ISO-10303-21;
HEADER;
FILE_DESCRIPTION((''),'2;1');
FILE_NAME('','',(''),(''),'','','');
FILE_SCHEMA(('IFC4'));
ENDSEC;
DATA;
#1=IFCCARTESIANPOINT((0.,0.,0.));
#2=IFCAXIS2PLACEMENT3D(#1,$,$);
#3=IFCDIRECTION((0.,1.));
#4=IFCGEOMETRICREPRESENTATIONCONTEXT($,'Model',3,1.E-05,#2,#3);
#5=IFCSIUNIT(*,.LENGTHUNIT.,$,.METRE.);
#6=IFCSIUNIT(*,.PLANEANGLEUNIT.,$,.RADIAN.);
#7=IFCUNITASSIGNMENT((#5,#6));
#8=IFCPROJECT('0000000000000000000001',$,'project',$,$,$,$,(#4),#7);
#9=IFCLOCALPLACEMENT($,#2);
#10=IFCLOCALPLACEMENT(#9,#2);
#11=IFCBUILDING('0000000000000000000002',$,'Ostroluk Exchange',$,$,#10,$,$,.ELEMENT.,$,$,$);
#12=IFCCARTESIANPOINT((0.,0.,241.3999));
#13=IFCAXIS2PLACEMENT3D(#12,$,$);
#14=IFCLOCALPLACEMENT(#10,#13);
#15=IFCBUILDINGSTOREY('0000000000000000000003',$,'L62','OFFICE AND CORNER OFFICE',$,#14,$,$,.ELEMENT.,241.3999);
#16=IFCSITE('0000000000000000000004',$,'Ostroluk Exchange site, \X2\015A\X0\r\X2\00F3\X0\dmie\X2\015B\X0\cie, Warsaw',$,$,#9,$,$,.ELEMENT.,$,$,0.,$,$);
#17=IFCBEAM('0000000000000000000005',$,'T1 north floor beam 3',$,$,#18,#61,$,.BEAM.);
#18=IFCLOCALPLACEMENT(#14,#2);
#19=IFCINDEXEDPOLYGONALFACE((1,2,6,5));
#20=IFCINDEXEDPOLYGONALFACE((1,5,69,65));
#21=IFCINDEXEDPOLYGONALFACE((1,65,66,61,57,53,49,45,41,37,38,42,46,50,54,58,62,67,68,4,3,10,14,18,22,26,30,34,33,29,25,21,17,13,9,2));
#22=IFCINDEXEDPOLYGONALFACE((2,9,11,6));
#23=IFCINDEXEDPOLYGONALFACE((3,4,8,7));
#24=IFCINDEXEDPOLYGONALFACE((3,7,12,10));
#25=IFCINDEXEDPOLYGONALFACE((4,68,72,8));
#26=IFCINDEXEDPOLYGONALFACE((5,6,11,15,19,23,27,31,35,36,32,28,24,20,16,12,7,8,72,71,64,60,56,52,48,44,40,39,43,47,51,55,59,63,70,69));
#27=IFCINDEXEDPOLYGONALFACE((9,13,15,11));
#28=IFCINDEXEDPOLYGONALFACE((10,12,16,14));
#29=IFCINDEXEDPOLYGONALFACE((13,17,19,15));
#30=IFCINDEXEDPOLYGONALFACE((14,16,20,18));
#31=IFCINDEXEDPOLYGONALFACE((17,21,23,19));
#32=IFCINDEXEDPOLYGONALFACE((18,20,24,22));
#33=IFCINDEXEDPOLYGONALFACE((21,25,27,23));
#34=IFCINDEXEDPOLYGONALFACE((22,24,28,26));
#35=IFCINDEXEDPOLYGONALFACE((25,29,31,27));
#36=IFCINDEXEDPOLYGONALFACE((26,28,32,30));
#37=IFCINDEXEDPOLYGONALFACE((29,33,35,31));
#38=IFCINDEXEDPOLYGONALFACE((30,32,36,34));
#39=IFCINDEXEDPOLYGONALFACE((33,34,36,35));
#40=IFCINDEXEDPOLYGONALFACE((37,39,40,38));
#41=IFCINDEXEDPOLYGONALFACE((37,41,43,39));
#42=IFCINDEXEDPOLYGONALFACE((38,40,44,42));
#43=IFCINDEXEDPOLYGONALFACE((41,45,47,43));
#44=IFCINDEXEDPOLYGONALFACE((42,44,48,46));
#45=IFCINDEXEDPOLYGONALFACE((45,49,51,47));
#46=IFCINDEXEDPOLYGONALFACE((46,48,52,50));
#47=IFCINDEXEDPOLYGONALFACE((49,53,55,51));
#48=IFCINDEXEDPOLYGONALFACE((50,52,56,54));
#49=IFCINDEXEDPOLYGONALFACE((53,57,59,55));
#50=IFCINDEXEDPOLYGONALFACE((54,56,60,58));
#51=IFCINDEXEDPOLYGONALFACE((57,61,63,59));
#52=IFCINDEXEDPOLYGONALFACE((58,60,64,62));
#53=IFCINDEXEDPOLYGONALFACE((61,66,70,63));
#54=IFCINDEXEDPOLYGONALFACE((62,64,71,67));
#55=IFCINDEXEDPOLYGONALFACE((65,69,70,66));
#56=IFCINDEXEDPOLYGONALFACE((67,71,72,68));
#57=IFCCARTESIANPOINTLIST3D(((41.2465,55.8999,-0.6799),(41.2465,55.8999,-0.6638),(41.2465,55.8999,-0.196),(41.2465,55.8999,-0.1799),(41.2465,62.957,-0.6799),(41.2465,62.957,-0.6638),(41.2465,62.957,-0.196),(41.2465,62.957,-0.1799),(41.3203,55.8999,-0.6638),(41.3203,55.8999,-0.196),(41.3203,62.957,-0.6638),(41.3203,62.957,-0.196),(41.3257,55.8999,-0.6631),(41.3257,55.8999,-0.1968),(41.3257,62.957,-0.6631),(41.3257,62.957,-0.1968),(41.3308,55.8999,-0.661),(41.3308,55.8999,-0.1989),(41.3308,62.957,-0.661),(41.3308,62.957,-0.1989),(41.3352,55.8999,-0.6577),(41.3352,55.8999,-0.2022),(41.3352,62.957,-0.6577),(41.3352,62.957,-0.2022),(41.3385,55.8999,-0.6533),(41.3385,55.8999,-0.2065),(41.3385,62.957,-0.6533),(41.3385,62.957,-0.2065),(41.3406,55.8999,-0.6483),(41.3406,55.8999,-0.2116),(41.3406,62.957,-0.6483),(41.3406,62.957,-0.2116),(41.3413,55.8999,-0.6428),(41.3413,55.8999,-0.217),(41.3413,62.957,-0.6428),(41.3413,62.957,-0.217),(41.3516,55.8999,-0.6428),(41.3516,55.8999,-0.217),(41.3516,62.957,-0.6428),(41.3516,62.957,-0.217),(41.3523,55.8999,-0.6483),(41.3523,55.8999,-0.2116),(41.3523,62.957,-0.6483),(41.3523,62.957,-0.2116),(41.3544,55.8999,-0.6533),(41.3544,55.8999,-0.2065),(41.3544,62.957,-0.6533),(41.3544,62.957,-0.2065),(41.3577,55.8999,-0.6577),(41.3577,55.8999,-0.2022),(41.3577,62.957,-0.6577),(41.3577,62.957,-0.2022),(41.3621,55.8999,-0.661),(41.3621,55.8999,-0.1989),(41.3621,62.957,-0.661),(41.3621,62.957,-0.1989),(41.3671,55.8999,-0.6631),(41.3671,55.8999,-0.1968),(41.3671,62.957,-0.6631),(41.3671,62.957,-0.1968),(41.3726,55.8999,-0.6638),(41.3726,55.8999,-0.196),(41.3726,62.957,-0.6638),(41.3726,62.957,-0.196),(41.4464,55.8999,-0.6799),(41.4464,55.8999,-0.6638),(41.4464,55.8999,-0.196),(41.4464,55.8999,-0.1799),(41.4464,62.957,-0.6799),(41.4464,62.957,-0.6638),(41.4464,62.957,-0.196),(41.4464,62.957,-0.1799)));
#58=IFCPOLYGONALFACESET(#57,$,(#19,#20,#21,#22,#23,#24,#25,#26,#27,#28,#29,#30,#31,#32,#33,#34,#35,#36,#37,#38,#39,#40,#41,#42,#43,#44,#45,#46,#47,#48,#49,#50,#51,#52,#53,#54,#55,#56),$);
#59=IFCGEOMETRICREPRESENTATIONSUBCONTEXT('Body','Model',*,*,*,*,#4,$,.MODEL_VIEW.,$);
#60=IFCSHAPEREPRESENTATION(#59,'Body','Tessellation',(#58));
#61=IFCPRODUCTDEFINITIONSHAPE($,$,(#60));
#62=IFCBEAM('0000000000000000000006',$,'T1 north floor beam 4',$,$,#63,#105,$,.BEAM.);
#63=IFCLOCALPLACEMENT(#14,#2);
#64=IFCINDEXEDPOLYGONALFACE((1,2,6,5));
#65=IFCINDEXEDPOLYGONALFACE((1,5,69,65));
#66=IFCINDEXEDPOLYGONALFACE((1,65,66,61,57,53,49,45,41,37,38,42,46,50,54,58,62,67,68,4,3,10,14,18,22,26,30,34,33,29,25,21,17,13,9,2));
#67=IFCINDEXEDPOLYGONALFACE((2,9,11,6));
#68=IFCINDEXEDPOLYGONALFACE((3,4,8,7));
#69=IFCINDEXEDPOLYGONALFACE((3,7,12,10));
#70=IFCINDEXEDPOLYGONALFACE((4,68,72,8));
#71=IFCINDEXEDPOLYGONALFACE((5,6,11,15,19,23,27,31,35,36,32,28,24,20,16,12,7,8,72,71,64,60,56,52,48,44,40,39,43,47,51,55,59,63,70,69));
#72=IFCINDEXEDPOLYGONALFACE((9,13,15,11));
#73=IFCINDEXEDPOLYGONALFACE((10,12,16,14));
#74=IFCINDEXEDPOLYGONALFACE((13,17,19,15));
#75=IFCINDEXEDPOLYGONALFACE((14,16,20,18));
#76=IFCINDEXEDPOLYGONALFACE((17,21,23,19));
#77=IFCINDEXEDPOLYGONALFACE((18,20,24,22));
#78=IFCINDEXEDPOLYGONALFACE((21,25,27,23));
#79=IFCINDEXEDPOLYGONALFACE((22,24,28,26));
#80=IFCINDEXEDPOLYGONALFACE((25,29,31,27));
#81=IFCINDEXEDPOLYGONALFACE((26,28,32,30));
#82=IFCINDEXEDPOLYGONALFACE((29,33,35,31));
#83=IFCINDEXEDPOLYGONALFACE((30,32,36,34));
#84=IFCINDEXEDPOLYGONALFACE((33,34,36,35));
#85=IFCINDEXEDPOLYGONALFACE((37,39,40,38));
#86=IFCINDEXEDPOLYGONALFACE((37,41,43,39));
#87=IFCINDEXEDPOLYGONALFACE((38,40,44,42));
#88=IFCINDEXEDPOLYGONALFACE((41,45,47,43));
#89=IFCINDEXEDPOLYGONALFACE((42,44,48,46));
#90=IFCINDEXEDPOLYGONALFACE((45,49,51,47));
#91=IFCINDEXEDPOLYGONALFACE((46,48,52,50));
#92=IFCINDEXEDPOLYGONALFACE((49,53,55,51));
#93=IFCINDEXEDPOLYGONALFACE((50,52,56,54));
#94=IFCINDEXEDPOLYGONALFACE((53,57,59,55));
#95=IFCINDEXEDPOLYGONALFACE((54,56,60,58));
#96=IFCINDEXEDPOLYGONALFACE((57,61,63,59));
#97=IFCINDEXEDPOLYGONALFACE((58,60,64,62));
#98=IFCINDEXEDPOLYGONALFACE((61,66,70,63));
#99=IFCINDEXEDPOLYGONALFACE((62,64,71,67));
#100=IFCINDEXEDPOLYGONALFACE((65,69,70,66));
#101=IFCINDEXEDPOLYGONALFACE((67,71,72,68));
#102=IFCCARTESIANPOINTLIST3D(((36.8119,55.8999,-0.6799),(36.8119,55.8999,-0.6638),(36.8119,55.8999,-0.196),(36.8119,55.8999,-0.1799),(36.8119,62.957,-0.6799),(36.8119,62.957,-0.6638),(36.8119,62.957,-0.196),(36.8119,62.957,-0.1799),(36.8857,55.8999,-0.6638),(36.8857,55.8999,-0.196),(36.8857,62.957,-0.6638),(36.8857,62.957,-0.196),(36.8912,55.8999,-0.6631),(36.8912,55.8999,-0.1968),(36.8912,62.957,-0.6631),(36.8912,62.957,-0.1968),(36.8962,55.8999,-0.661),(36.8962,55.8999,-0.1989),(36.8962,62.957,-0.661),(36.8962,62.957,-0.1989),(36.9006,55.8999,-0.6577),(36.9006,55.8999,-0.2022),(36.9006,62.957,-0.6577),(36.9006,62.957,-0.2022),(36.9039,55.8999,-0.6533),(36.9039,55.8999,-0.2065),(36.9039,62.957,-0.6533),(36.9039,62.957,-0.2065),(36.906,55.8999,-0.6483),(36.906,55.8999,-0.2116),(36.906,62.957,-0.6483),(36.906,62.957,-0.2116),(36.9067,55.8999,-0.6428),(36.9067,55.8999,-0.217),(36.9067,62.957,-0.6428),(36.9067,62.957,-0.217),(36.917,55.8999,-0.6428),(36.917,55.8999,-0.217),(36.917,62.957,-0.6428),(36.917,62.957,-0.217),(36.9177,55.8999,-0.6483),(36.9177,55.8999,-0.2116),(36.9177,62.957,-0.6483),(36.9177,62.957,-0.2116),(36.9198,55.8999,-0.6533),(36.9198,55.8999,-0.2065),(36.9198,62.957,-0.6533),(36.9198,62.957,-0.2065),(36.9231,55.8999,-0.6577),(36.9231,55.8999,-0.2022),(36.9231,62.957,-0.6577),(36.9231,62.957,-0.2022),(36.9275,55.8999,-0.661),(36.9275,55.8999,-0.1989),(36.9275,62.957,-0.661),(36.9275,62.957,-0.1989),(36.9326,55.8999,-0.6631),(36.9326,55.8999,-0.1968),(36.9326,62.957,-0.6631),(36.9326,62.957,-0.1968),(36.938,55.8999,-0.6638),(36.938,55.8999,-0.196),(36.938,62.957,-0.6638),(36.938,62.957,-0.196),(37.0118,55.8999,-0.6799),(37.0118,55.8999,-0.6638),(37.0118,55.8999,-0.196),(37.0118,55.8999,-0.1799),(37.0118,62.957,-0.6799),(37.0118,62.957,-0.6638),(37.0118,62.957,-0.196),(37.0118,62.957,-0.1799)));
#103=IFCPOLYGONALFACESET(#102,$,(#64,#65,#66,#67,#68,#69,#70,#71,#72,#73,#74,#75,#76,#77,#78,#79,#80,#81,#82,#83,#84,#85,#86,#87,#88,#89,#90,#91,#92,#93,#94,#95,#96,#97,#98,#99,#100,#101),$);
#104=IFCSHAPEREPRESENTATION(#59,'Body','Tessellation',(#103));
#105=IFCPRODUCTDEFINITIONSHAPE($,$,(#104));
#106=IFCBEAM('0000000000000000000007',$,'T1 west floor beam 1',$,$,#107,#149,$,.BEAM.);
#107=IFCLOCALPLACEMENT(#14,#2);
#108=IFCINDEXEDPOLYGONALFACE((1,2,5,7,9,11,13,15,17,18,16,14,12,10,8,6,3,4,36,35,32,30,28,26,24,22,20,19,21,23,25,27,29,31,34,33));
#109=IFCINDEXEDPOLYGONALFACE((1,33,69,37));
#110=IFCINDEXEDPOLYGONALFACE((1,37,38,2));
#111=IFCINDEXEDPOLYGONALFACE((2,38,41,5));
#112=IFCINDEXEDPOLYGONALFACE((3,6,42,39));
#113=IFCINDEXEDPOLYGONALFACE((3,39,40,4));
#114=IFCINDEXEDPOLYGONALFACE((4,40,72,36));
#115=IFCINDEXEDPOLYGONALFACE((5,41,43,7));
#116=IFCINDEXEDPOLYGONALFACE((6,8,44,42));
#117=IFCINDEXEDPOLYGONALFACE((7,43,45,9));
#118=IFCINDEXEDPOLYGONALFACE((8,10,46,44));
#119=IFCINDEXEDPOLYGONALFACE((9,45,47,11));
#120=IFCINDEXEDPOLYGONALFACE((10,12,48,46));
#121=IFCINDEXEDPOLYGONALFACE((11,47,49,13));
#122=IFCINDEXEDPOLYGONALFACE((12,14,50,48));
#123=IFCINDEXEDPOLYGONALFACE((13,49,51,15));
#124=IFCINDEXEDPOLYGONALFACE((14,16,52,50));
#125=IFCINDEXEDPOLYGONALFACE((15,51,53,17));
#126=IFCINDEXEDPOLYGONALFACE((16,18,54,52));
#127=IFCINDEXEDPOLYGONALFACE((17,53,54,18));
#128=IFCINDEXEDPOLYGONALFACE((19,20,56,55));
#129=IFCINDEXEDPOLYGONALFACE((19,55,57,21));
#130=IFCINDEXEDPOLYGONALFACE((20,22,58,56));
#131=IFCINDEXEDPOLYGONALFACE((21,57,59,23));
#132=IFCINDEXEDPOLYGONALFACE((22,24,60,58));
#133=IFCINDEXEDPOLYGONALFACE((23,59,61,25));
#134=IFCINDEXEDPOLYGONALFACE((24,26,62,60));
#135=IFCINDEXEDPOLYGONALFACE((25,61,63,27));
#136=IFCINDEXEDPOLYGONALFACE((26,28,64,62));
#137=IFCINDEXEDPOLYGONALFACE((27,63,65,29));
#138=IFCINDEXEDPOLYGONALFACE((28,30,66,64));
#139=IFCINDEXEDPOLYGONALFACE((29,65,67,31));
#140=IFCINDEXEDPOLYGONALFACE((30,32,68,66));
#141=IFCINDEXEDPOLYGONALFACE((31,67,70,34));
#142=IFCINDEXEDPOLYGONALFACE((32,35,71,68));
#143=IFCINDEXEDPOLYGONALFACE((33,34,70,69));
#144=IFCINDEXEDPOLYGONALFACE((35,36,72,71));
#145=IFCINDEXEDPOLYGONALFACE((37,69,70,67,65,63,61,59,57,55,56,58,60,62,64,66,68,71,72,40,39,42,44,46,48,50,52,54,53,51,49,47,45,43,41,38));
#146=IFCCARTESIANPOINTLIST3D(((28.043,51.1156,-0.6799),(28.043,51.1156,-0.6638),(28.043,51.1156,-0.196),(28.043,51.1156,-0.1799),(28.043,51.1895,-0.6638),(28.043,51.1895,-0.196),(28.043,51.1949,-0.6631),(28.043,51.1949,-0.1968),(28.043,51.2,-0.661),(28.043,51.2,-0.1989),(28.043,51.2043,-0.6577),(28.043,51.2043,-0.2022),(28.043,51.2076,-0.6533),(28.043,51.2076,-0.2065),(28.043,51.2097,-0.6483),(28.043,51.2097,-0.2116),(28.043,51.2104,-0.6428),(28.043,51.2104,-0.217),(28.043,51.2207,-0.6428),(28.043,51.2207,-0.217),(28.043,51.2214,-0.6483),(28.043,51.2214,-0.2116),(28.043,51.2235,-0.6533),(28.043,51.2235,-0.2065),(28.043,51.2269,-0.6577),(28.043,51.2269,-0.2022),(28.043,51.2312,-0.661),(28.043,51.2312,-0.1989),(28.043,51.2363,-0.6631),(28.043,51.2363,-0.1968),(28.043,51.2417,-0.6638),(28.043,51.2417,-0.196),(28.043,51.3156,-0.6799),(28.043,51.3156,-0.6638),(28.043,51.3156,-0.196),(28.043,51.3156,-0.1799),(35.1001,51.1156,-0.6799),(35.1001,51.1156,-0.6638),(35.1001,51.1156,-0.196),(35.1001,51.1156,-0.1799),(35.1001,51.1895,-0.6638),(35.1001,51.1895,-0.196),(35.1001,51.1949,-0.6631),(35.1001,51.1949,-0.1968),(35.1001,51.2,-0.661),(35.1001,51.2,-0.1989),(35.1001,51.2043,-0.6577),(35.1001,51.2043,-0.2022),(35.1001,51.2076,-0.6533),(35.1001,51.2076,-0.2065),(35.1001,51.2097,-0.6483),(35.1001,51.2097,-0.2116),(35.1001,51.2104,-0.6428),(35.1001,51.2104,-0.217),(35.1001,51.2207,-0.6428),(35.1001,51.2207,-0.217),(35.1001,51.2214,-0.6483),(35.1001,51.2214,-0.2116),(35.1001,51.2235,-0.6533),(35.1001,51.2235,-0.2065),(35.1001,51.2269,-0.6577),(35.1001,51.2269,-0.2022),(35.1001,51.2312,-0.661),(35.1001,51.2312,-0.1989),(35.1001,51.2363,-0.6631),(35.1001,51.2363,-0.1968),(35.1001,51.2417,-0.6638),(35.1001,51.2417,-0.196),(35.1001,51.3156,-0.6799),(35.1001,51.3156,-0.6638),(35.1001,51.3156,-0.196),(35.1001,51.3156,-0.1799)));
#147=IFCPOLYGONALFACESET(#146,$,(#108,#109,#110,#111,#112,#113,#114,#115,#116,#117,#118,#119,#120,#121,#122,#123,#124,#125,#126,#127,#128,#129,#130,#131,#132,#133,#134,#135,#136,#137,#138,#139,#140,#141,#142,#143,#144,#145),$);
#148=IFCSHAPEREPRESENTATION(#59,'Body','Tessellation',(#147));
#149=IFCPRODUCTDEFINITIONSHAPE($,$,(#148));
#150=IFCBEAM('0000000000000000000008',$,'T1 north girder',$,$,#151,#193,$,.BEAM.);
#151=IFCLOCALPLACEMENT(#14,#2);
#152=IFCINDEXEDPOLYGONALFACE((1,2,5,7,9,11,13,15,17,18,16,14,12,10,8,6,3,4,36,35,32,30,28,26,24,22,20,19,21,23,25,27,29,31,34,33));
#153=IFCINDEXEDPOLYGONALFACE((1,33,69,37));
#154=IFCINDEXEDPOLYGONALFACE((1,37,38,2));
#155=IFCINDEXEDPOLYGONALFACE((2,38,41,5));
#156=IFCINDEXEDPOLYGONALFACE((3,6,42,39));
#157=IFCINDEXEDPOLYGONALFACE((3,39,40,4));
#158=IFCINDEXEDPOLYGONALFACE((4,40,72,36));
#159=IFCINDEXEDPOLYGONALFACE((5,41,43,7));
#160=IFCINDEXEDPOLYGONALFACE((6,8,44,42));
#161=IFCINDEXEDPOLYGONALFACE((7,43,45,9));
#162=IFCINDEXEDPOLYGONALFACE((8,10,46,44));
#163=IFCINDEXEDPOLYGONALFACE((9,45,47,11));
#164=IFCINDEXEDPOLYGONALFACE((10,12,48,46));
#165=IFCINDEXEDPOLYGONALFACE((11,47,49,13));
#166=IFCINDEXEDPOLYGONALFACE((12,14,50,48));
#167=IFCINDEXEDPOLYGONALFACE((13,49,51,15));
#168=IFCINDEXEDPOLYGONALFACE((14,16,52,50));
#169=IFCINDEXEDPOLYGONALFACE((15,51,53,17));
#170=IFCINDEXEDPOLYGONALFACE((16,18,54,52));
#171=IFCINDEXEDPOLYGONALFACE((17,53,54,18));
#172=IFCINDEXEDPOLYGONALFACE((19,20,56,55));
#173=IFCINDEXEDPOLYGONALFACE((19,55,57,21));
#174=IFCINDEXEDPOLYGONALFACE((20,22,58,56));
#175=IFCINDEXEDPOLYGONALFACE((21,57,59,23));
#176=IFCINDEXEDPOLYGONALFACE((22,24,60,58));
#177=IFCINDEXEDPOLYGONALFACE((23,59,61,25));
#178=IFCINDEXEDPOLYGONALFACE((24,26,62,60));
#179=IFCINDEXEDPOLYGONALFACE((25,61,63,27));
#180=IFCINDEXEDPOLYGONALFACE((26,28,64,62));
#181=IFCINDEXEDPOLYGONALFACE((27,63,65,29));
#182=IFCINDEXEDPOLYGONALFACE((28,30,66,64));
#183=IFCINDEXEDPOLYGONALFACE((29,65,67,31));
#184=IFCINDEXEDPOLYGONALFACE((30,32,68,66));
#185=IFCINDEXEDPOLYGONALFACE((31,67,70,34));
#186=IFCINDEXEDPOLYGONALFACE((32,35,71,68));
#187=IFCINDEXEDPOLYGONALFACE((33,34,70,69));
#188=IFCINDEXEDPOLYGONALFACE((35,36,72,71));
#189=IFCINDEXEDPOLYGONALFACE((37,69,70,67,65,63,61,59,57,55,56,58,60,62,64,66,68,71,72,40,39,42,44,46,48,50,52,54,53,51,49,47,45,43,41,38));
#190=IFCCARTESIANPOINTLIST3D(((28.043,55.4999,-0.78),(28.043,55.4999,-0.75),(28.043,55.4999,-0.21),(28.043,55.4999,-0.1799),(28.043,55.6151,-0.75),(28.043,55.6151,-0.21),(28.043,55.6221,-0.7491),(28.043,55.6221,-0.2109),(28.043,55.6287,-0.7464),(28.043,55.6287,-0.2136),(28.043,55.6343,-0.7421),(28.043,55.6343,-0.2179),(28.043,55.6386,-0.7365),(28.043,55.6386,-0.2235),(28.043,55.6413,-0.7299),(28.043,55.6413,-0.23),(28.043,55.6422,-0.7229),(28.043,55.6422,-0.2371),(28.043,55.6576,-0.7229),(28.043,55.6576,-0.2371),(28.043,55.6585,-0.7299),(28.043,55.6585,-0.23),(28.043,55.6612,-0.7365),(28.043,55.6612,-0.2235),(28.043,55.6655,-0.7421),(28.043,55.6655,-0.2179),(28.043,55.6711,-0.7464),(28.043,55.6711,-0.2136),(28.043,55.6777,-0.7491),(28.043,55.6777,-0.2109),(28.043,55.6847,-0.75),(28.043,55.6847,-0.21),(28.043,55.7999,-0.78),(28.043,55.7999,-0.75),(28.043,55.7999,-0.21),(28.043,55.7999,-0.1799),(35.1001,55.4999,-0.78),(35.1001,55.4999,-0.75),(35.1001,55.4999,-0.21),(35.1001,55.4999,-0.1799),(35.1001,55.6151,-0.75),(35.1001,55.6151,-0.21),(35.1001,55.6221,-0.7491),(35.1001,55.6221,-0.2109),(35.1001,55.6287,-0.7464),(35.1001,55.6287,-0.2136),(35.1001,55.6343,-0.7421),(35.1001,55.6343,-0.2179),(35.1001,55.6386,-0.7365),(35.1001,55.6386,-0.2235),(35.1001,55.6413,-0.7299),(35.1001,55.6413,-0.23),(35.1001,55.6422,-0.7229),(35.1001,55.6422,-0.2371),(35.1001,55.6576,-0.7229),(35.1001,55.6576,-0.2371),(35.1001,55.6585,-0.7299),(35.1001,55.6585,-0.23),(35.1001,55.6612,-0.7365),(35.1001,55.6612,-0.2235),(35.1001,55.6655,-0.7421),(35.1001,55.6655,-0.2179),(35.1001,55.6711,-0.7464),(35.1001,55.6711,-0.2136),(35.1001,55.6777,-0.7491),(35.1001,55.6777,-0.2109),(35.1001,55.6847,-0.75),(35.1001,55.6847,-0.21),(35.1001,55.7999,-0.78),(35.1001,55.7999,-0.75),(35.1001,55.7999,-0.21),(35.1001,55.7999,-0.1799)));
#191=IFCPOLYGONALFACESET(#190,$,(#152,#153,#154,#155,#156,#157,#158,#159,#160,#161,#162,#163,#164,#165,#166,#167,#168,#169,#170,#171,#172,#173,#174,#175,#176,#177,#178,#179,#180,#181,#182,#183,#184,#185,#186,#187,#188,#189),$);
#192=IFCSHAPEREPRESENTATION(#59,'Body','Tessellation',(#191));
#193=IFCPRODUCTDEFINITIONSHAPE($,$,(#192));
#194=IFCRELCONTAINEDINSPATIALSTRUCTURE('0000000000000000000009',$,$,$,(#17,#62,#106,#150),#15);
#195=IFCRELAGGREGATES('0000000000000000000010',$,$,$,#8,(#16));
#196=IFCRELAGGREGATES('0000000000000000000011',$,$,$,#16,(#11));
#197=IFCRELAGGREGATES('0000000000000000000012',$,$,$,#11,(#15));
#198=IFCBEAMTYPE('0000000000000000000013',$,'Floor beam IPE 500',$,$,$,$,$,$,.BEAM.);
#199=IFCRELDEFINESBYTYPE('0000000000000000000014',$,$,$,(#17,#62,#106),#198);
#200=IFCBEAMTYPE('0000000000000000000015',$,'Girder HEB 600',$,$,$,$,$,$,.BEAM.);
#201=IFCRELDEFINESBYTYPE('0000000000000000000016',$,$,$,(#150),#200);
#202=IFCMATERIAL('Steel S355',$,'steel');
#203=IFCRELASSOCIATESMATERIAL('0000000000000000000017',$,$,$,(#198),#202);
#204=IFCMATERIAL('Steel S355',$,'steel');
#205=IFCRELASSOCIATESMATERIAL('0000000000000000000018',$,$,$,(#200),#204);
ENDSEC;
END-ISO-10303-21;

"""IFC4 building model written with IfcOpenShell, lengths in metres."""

from ifc_helpers import new_model, si_unit, direction, frame, origin, origin_2d, place, context, subcontext, project, spatial, i_section, extrude, material, material_profile, profile_set, type_object, element, save


model = new_model("IFC4")

# Units and contexts
model_context = context("Model", 3, precision=1e-05, world=origin(), true_north=direction((0.0, 1.0)))
body_context = subcontext(model_context, "Body", "Model", "MODEL_VIEW")
ifc_project = project(units=[si_unit("LENGTHUNIT", "METRE"), si_unit("PLANEANGLEUNIT", "RADIAN")], contexts=[model_context])

# Site, building, storey
site_placement = place(None, origin())
site = spatial("IfcSite", under=ifc_project, at=site_placement, Name="Ostroluk Exchange site, Śródmieście, Warsaw", CompositionType="ELEMENT", RefElevation=0.0)
building_placement = place(site_placement, origin())
building = spatial("IfcBuilding", under=site, at=building_placement, Name="Ostroluk Exchange", CompositionType="ELEMENT")
storey_placement = place(building_placement, frame((0.0, 0.0, 241.3999)))
storey = spatial("IfcBuildingStorey", under=building, at=storey_placement, Name="L62", Description="OFFICE AND CORNER OFFICE", CompositionType="ELEMENT", Elevation=241.3999)

# Beams
ifc_material_1 = material(Name="Steel S355", Category="steel")
ifc_material_profile_1 = material_profile(ifc_material_1, i_section(OverallWidth=0.2, OverallDepth=0.5, WebThickness=0.0103, FlangeThickness=0.0161, FilletRadius=0.021, at=origin_2d()), Name="IPE 500")
ifc_profile_set_1 = profile_set([ifc_material_profile_1], Name="Steel S355")
beam_type_1 = type_object("IfcBeamType", Name="Floor beam IPE 500", PredefinedType="BEAM", material=ifc_profile_set_1)
for number, where, z_axis, x_axis, name in (
    (1, (41.3464, 55.8999, -0.4299), (0.0, 1.0, 0.0), (-1.0, 0.0, 0.0), "T1 north floor beam 3"),
    (2, (36.9119, 55.8999, -0.4299), (0.0, 1.0, 0.0), (-1.0, 0.0, 0.0), "T1 north floor beam 4"),
    (3, (35.1001, 51.2156, -0.4299), (-1.0, 0.0, 0.0), (0.0, -1.0, 0.0), "T1 west floor beam 1"),
):
    element("IfcBeam", number, at=place(storey_placement, frame(where, z_axis=z_axis, x_axis=x_axis)), inside=storey, type_object=beam_type_1, Name=name, PredefinedType="BEAM", context=body_context, shape_type="SweptSolid", body=[
        extrude(i_section(OverallWidth=0.2, OverallDepth=0.5, WebThickness=0.0103, FlangeThickness=0.0161, FilletRadius=0.021, at=origin_2d()), origin(), (0.0, 0.0, 1.0), 7.0571),
    ])
ifc_material_2 = material(Name="Steel S355", Category="steel")
ifc_material_profile_2 = material_profile(ifc_material_2, i_section(OverallWidth=0.3, OverallDepth=0.6001, WebThickness=0.0154, FlangeThickness=0.03, FilletRadius=0.0271, at=origin_2d()), Name="HEB 600")
ifc_profile_set_2 = profile_set([ifc_material_profile_2], Name="Steel S355")
beam_type_2 = type_object("IfcBeamType", Name="Girder HEB 600", PredefinedType="BEAM", material=ifc_profile_set_2)
beam_placement = place(storey_placement, frame((35.1001, 55.6499, -0.48), z_axis=(-1.0, 0.0, 0.0), x_axis=(0.0, -1.0, 0.0)))
element("IfcBeam", 4, at=beam_placement, inside=storey, type_object=beam_type_2, Name="T1 north girder", PredefinedType="BEAM", context=body_context, shape_type="SweptSolid", body=[
    extrude(i_section(OverallWidth=0.3, OverallDepth=0.6001, WebThickness=0.0154, FlangeThickness=0.03, FilletRadius=0.0271, at=origin_2d()), origin(), (0.0, 0.0, 1.0), 7.0571),
])

save(model, "model.ifc")
